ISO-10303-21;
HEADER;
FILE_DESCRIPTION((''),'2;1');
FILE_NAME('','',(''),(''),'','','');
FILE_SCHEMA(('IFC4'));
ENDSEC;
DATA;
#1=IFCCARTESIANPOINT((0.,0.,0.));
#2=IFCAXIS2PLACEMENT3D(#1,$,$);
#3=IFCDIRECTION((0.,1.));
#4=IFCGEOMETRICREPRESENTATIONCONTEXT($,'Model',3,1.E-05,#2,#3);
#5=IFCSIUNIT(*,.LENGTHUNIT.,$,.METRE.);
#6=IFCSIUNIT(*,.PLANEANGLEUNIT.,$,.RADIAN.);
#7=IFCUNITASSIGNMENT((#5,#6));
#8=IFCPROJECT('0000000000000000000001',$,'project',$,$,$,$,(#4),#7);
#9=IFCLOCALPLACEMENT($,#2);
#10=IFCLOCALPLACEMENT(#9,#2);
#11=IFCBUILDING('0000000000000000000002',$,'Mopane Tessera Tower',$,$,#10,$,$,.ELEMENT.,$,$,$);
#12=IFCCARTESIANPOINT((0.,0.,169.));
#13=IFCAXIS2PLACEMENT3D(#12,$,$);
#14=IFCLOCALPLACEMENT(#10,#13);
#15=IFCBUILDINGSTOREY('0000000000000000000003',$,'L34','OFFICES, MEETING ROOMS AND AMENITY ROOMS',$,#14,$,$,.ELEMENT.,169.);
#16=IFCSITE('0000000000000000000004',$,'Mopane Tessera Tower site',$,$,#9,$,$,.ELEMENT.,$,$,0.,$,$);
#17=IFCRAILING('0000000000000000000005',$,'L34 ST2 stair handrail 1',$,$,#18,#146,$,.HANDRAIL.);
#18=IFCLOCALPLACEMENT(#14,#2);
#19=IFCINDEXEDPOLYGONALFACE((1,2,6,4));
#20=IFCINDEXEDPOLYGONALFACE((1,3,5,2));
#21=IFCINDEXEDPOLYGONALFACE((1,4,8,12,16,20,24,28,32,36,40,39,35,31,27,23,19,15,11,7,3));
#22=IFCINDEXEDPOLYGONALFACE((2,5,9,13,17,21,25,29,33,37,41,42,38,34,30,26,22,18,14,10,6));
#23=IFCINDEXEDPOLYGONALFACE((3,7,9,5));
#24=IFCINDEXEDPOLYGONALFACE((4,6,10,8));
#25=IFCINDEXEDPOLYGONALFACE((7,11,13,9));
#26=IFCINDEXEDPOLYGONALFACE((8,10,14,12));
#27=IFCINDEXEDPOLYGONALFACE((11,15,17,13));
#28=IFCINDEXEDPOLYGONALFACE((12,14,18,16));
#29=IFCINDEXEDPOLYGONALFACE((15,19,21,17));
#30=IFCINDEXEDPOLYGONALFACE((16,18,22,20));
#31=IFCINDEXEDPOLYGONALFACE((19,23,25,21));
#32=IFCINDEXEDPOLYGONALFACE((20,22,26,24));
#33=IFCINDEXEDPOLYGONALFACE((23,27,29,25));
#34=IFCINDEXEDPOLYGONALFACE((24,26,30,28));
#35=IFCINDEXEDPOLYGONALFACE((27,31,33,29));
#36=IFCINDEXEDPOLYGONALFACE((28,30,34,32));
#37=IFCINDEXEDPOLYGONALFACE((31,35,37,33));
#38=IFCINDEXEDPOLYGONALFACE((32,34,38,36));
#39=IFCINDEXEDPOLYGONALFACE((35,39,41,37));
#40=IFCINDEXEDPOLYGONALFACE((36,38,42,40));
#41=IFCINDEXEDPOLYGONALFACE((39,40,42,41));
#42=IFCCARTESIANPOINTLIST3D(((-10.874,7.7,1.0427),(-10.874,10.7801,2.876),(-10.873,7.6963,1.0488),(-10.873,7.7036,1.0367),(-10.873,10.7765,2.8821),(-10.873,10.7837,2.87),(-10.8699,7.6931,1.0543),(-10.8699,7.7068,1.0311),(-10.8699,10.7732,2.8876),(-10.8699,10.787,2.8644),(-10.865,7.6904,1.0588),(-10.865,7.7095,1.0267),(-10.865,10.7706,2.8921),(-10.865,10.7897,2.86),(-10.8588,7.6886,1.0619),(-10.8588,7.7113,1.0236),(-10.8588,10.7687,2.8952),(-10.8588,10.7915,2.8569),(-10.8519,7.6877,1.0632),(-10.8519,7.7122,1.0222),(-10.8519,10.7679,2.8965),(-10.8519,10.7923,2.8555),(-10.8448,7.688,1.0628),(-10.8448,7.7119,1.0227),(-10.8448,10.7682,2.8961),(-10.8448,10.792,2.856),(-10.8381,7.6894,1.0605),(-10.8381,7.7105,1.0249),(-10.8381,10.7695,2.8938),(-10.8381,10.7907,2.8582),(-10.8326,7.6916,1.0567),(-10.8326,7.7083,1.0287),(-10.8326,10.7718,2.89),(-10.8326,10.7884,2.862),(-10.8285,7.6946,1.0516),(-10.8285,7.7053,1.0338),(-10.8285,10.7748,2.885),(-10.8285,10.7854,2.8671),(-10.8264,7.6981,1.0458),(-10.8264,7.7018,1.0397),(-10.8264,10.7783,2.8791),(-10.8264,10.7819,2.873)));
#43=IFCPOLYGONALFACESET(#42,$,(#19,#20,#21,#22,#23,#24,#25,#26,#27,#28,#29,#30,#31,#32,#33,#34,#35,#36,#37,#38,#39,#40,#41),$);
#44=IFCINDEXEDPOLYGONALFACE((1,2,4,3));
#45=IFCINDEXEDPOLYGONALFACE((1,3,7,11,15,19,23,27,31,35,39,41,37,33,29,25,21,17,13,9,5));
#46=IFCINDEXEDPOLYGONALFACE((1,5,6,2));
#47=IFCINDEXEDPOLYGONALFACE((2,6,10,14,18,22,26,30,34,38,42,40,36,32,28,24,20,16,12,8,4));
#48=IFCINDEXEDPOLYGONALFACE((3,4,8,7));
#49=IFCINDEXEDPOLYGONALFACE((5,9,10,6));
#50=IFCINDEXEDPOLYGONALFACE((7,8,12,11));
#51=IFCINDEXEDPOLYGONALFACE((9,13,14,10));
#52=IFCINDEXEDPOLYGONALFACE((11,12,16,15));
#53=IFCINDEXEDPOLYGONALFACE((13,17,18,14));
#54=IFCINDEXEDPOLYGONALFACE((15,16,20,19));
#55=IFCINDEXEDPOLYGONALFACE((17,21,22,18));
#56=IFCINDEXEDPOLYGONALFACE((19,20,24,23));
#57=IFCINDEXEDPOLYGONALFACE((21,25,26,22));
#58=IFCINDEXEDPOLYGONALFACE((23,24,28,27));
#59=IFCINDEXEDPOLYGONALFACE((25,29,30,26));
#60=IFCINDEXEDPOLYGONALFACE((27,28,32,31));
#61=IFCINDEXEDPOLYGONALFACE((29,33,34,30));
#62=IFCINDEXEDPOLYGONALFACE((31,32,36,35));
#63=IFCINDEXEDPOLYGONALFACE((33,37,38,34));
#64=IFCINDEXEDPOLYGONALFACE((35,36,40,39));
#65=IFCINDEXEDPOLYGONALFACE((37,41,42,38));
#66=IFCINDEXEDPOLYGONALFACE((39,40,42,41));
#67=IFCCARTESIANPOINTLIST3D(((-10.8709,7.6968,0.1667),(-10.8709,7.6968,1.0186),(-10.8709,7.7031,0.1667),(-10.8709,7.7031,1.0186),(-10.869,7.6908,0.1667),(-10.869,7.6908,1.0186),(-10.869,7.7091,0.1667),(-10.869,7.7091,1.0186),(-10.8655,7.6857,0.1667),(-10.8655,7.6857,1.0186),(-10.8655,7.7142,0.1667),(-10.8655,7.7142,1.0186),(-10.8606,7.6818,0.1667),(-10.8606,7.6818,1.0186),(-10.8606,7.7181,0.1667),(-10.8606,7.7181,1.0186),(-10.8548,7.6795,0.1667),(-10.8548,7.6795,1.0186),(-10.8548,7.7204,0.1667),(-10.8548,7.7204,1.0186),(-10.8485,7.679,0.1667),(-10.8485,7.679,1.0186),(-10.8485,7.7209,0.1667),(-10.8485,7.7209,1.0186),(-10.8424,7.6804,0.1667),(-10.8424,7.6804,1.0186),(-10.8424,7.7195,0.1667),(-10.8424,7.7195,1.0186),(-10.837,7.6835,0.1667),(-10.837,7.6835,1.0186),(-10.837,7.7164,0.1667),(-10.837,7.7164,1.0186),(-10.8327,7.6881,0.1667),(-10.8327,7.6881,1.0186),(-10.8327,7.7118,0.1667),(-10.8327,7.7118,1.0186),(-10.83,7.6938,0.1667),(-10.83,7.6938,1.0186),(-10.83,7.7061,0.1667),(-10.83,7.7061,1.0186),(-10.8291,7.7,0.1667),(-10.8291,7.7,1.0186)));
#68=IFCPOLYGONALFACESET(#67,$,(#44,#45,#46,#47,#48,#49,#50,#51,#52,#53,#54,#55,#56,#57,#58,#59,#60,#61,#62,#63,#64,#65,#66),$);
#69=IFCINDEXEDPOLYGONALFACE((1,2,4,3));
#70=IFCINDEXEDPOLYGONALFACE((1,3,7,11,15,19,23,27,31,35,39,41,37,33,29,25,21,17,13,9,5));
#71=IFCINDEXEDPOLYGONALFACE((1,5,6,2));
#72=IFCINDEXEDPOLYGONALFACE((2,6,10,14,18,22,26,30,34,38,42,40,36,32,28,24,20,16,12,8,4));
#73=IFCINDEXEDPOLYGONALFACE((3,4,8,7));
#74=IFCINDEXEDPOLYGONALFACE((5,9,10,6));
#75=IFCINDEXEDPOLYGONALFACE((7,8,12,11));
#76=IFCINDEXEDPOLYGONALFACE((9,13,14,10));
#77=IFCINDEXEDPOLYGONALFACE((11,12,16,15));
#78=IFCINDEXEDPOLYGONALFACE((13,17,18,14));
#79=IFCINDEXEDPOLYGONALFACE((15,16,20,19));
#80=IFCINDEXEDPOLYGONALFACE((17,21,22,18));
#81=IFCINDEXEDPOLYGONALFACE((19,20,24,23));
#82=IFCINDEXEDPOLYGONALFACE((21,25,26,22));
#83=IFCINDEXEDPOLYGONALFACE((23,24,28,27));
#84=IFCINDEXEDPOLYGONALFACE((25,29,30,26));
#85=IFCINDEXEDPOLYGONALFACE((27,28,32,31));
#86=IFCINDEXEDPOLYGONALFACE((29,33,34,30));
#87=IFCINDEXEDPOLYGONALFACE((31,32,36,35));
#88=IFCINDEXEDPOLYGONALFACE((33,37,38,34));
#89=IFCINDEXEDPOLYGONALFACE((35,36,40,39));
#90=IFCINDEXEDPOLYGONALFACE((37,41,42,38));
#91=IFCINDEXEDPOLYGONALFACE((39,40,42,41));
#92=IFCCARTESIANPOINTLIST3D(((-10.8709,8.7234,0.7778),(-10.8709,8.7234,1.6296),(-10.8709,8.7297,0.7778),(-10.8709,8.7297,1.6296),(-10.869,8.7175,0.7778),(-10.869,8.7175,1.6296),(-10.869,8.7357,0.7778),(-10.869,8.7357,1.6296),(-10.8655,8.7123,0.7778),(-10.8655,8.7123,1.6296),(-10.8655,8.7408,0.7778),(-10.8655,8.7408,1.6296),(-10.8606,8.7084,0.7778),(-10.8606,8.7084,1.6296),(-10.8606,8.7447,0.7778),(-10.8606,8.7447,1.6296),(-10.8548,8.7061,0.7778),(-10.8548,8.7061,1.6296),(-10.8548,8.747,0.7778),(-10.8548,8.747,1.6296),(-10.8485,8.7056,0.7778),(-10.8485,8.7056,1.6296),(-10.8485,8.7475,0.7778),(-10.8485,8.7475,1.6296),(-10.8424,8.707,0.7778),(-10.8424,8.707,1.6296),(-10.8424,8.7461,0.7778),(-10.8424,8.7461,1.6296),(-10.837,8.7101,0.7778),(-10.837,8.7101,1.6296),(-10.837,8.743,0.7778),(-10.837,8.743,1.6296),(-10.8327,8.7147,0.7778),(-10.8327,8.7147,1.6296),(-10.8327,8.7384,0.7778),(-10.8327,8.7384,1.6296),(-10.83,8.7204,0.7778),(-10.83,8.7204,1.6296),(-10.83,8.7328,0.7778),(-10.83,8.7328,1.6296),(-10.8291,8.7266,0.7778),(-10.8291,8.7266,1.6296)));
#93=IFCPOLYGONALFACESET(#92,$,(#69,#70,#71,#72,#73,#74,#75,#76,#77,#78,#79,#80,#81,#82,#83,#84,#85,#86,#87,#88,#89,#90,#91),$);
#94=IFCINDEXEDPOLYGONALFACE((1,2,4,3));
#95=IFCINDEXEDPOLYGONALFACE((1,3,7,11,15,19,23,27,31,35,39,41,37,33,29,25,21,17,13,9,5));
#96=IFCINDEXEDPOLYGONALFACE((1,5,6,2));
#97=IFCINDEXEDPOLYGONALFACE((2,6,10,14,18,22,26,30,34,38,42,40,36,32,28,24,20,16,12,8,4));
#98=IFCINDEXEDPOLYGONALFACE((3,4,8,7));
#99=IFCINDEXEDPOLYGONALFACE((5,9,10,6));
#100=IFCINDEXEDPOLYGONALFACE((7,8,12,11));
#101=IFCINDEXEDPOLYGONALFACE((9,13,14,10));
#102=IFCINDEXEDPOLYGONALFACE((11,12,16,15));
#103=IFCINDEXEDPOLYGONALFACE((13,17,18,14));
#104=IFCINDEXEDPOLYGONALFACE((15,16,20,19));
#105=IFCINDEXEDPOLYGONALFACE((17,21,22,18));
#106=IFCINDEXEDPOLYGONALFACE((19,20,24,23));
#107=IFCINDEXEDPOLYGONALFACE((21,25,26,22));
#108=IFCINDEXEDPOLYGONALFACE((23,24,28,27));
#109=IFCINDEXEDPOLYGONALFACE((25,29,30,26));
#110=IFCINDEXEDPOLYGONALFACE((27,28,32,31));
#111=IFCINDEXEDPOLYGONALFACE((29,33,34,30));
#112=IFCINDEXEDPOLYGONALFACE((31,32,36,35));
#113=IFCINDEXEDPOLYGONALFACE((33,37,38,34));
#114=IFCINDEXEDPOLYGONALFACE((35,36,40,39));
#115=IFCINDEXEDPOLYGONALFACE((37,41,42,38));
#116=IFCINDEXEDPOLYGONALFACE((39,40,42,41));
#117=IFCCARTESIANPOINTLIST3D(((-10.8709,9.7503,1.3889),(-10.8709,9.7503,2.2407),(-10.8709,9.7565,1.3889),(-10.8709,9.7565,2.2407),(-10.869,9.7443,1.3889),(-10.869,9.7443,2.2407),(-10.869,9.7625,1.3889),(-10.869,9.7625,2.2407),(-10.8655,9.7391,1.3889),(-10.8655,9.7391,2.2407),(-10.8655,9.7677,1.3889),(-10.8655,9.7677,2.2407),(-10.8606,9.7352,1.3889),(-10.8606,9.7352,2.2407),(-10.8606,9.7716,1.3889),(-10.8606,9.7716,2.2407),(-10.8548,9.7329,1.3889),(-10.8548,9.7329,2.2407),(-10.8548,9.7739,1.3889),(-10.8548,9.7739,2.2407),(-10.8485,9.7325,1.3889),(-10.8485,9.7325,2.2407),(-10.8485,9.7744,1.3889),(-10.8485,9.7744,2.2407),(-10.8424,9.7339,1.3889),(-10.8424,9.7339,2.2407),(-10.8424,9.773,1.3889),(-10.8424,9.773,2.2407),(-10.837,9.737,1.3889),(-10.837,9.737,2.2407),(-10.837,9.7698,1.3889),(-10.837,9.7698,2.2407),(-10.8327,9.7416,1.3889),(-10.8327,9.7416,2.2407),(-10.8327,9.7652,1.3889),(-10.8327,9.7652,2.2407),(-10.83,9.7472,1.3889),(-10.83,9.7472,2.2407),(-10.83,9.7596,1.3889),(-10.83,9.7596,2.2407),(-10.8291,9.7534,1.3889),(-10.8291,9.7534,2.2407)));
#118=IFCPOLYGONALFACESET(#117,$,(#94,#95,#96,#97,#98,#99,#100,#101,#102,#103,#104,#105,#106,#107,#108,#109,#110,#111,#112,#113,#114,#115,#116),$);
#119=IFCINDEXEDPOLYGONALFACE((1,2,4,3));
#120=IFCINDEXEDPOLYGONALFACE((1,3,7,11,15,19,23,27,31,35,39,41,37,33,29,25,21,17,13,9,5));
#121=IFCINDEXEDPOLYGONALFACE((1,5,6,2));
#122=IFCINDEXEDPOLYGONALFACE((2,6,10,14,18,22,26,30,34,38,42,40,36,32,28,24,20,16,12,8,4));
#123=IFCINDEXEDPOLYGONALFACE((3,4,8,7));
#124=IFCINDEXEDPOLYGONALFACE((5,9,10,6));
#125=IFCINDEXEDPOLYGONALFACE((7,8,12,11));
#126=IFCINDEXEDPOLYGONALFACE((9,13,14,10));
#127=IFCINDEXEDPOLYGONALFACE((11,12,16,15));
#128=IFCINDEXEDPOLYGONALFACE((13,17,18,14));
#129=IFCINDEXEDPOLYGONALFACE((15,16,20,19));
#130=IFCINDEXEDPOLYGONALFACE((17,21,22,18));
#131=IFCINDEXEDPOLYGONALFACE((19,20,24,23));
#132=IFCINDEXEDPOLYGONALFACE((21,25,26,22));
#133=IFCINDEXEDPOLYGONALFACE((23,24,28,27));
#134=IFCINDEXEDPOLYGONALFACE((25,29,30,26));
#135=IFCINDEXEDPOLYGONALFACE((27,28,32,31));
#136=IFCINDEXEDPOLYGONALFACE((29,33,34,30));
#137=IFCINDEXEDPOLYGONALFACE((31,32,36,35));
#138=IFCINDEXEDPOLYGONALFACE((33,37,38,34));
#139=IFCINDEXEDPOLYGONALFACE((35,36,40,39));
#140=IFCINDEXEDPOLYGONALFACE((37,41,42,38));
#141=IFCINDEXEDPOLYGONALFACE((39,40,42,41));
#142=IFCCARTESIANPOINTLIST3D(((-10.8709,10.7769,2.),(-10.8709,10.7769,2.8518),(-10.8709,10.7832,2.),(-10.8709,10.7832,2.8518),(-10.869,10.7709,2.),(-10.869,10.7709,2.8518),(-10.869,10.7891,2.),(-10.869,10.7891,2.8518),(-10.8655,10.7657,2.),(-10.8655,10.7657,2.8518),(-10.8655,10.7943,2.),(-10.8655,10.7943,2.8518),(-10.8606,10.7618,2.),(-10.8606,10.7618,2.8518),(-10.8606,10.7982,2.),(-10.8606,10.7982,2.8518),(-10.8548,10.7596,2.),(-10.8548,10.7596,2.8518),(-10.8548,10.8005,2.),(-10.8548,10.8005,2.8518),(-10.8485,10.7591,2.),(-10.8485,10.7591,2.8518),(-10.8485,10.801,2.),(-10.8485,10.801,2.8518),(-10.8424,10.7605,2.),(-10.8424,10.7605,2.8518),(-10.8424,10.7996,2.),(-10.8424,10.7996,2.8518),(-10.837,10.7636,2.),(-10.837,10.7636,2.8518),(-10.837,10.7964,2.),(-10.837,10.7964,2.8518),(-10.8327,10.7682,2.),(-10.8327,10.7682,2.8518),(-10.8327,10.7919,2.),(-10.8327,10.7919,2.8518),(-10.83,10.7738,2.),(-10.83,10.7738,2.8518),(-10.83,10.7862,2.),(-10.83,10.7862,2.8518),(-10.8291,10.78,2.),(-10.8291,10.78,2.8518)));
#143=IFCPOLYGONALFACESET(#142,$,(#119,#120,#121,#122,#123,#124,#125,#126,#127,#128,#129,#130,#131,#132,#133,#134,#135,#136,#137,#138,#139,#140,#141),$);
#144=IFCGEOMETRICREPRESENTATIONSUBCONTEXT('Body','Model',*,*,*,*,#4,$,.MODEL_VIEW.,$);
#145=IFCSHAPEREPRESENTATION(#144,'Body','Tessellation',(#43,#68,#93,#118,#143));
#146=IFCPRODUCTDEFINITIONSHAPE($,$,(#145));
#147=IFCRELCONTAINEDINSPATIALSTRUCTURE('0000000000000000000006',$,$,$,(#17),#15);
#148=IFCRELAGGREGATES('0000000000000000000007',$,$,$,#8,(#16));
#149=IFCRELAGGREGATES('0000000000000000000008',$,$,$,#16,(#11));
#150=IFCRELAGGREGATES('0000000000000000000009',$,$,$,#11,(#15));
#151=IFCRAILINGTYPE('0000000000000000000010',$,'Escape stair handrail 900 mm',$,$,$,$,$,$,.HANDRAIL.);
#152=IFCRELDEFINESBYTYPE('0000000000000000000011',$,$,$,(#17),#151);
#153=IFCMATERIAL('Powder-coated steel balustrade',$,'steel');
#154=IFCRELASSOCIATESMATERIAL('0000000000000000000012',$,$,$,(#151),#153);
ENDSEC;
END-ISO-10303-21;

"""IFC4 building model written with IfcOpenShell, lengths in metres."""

from ifc_helpers import new_model, si_unit, direction, frame, origin, origin_2d, place, context, subcontext, project, spatial, circle, extrude, material, type_object, element, save


model = new_model("IFC4")

# Units and contexts
model_context = context("Model", 3, precision=1e-05, world=origin(), true_north=direction((0.0, 1.0)))
body_context = subcontext(model_context, "Body", "Model", "MODEL_VIEW")
ifc_project = project(units=[si_unit("LENGTHUNIT", "METRE"), si_unit("PLANEANGLEUNIT", "RADIAN")], contexts=[model_context])

# Site, building, storey
site_placement = place(None, origin())
site = spatial("IfcSite", under=ifc_project, at=site_placement, Name="Mopane Tessera Tower site", CompositionType="ELEMENT", RefElevation=0.0)
building_placement = place(site_placement, origin())
building = spatial("IfcBuilding", under=site, at=building_placement, Name="Mopane Tessera Tower", CompositionType="ELEMENT")
storey_placement = place(building_placement, frame((0.0, 0.0, 169.0)))
storey = spatial("IfcBuildingStorey", under=building, at=storey_placement, Name="L34", Description="OFFICES, MEETING ROOMS AND AMENITY ROOMS", CompositionType="ELEMENT", Elevation=169.0)

# Railing
ifc_material_1 = material(Name="Powder-coated steel balustrade", Category="steel")
railing_type_1 = type_object("IfcRailingType", Name="Escape stair handrail 900 mm", PredefinedType="HANDRAIL", material=ifc_material_1)
railing_1_placement = place(storey_placement, frame((-10.8501, 7.7, 0.1667)))
element("IfcRailing", 1, at=railing_1_placement, inside=storey, type_object=railing_type_1, Name="L34 ST2 stair handrail 1", PredefinedType="HANDRAIL", context=body_context, shape_type="SweptSolid", body=[
    extrude(circle(Radius=0.0239, at=origin_2d()), frame((0.0, 0.0, 0.876), z_axis=(0.0, 0.859309, 0.511458), x_axis=(-1.0, 0.0, 0.0)), (0.0, 0.0, 1.0), 3.5845),
    extrude(circle(Radius=0.021, at=origin_2d()), origin(), (0.0, 0.0, 1.0), 0.8518),
    extrude(circle(Radius=0.021, at=origin_2d()), frame((0.0, 1.0266, 0.6111)), (0.0, 0.0, 1.0), 0.8518),
    extrude(circle(Radius=0.021, at=origin_2d()), frame((0.0, 2.0535, 1.2222)), (0.0, 0.0, 1.0), 0.8518),
    extrude(circle(Radius=0.021, at=origin_2d()), frame((0.0, 3.0801, 1.8333)), (0.0, 0.0, 1.0), 0.8518),
])

save(model, "model.ifc")
